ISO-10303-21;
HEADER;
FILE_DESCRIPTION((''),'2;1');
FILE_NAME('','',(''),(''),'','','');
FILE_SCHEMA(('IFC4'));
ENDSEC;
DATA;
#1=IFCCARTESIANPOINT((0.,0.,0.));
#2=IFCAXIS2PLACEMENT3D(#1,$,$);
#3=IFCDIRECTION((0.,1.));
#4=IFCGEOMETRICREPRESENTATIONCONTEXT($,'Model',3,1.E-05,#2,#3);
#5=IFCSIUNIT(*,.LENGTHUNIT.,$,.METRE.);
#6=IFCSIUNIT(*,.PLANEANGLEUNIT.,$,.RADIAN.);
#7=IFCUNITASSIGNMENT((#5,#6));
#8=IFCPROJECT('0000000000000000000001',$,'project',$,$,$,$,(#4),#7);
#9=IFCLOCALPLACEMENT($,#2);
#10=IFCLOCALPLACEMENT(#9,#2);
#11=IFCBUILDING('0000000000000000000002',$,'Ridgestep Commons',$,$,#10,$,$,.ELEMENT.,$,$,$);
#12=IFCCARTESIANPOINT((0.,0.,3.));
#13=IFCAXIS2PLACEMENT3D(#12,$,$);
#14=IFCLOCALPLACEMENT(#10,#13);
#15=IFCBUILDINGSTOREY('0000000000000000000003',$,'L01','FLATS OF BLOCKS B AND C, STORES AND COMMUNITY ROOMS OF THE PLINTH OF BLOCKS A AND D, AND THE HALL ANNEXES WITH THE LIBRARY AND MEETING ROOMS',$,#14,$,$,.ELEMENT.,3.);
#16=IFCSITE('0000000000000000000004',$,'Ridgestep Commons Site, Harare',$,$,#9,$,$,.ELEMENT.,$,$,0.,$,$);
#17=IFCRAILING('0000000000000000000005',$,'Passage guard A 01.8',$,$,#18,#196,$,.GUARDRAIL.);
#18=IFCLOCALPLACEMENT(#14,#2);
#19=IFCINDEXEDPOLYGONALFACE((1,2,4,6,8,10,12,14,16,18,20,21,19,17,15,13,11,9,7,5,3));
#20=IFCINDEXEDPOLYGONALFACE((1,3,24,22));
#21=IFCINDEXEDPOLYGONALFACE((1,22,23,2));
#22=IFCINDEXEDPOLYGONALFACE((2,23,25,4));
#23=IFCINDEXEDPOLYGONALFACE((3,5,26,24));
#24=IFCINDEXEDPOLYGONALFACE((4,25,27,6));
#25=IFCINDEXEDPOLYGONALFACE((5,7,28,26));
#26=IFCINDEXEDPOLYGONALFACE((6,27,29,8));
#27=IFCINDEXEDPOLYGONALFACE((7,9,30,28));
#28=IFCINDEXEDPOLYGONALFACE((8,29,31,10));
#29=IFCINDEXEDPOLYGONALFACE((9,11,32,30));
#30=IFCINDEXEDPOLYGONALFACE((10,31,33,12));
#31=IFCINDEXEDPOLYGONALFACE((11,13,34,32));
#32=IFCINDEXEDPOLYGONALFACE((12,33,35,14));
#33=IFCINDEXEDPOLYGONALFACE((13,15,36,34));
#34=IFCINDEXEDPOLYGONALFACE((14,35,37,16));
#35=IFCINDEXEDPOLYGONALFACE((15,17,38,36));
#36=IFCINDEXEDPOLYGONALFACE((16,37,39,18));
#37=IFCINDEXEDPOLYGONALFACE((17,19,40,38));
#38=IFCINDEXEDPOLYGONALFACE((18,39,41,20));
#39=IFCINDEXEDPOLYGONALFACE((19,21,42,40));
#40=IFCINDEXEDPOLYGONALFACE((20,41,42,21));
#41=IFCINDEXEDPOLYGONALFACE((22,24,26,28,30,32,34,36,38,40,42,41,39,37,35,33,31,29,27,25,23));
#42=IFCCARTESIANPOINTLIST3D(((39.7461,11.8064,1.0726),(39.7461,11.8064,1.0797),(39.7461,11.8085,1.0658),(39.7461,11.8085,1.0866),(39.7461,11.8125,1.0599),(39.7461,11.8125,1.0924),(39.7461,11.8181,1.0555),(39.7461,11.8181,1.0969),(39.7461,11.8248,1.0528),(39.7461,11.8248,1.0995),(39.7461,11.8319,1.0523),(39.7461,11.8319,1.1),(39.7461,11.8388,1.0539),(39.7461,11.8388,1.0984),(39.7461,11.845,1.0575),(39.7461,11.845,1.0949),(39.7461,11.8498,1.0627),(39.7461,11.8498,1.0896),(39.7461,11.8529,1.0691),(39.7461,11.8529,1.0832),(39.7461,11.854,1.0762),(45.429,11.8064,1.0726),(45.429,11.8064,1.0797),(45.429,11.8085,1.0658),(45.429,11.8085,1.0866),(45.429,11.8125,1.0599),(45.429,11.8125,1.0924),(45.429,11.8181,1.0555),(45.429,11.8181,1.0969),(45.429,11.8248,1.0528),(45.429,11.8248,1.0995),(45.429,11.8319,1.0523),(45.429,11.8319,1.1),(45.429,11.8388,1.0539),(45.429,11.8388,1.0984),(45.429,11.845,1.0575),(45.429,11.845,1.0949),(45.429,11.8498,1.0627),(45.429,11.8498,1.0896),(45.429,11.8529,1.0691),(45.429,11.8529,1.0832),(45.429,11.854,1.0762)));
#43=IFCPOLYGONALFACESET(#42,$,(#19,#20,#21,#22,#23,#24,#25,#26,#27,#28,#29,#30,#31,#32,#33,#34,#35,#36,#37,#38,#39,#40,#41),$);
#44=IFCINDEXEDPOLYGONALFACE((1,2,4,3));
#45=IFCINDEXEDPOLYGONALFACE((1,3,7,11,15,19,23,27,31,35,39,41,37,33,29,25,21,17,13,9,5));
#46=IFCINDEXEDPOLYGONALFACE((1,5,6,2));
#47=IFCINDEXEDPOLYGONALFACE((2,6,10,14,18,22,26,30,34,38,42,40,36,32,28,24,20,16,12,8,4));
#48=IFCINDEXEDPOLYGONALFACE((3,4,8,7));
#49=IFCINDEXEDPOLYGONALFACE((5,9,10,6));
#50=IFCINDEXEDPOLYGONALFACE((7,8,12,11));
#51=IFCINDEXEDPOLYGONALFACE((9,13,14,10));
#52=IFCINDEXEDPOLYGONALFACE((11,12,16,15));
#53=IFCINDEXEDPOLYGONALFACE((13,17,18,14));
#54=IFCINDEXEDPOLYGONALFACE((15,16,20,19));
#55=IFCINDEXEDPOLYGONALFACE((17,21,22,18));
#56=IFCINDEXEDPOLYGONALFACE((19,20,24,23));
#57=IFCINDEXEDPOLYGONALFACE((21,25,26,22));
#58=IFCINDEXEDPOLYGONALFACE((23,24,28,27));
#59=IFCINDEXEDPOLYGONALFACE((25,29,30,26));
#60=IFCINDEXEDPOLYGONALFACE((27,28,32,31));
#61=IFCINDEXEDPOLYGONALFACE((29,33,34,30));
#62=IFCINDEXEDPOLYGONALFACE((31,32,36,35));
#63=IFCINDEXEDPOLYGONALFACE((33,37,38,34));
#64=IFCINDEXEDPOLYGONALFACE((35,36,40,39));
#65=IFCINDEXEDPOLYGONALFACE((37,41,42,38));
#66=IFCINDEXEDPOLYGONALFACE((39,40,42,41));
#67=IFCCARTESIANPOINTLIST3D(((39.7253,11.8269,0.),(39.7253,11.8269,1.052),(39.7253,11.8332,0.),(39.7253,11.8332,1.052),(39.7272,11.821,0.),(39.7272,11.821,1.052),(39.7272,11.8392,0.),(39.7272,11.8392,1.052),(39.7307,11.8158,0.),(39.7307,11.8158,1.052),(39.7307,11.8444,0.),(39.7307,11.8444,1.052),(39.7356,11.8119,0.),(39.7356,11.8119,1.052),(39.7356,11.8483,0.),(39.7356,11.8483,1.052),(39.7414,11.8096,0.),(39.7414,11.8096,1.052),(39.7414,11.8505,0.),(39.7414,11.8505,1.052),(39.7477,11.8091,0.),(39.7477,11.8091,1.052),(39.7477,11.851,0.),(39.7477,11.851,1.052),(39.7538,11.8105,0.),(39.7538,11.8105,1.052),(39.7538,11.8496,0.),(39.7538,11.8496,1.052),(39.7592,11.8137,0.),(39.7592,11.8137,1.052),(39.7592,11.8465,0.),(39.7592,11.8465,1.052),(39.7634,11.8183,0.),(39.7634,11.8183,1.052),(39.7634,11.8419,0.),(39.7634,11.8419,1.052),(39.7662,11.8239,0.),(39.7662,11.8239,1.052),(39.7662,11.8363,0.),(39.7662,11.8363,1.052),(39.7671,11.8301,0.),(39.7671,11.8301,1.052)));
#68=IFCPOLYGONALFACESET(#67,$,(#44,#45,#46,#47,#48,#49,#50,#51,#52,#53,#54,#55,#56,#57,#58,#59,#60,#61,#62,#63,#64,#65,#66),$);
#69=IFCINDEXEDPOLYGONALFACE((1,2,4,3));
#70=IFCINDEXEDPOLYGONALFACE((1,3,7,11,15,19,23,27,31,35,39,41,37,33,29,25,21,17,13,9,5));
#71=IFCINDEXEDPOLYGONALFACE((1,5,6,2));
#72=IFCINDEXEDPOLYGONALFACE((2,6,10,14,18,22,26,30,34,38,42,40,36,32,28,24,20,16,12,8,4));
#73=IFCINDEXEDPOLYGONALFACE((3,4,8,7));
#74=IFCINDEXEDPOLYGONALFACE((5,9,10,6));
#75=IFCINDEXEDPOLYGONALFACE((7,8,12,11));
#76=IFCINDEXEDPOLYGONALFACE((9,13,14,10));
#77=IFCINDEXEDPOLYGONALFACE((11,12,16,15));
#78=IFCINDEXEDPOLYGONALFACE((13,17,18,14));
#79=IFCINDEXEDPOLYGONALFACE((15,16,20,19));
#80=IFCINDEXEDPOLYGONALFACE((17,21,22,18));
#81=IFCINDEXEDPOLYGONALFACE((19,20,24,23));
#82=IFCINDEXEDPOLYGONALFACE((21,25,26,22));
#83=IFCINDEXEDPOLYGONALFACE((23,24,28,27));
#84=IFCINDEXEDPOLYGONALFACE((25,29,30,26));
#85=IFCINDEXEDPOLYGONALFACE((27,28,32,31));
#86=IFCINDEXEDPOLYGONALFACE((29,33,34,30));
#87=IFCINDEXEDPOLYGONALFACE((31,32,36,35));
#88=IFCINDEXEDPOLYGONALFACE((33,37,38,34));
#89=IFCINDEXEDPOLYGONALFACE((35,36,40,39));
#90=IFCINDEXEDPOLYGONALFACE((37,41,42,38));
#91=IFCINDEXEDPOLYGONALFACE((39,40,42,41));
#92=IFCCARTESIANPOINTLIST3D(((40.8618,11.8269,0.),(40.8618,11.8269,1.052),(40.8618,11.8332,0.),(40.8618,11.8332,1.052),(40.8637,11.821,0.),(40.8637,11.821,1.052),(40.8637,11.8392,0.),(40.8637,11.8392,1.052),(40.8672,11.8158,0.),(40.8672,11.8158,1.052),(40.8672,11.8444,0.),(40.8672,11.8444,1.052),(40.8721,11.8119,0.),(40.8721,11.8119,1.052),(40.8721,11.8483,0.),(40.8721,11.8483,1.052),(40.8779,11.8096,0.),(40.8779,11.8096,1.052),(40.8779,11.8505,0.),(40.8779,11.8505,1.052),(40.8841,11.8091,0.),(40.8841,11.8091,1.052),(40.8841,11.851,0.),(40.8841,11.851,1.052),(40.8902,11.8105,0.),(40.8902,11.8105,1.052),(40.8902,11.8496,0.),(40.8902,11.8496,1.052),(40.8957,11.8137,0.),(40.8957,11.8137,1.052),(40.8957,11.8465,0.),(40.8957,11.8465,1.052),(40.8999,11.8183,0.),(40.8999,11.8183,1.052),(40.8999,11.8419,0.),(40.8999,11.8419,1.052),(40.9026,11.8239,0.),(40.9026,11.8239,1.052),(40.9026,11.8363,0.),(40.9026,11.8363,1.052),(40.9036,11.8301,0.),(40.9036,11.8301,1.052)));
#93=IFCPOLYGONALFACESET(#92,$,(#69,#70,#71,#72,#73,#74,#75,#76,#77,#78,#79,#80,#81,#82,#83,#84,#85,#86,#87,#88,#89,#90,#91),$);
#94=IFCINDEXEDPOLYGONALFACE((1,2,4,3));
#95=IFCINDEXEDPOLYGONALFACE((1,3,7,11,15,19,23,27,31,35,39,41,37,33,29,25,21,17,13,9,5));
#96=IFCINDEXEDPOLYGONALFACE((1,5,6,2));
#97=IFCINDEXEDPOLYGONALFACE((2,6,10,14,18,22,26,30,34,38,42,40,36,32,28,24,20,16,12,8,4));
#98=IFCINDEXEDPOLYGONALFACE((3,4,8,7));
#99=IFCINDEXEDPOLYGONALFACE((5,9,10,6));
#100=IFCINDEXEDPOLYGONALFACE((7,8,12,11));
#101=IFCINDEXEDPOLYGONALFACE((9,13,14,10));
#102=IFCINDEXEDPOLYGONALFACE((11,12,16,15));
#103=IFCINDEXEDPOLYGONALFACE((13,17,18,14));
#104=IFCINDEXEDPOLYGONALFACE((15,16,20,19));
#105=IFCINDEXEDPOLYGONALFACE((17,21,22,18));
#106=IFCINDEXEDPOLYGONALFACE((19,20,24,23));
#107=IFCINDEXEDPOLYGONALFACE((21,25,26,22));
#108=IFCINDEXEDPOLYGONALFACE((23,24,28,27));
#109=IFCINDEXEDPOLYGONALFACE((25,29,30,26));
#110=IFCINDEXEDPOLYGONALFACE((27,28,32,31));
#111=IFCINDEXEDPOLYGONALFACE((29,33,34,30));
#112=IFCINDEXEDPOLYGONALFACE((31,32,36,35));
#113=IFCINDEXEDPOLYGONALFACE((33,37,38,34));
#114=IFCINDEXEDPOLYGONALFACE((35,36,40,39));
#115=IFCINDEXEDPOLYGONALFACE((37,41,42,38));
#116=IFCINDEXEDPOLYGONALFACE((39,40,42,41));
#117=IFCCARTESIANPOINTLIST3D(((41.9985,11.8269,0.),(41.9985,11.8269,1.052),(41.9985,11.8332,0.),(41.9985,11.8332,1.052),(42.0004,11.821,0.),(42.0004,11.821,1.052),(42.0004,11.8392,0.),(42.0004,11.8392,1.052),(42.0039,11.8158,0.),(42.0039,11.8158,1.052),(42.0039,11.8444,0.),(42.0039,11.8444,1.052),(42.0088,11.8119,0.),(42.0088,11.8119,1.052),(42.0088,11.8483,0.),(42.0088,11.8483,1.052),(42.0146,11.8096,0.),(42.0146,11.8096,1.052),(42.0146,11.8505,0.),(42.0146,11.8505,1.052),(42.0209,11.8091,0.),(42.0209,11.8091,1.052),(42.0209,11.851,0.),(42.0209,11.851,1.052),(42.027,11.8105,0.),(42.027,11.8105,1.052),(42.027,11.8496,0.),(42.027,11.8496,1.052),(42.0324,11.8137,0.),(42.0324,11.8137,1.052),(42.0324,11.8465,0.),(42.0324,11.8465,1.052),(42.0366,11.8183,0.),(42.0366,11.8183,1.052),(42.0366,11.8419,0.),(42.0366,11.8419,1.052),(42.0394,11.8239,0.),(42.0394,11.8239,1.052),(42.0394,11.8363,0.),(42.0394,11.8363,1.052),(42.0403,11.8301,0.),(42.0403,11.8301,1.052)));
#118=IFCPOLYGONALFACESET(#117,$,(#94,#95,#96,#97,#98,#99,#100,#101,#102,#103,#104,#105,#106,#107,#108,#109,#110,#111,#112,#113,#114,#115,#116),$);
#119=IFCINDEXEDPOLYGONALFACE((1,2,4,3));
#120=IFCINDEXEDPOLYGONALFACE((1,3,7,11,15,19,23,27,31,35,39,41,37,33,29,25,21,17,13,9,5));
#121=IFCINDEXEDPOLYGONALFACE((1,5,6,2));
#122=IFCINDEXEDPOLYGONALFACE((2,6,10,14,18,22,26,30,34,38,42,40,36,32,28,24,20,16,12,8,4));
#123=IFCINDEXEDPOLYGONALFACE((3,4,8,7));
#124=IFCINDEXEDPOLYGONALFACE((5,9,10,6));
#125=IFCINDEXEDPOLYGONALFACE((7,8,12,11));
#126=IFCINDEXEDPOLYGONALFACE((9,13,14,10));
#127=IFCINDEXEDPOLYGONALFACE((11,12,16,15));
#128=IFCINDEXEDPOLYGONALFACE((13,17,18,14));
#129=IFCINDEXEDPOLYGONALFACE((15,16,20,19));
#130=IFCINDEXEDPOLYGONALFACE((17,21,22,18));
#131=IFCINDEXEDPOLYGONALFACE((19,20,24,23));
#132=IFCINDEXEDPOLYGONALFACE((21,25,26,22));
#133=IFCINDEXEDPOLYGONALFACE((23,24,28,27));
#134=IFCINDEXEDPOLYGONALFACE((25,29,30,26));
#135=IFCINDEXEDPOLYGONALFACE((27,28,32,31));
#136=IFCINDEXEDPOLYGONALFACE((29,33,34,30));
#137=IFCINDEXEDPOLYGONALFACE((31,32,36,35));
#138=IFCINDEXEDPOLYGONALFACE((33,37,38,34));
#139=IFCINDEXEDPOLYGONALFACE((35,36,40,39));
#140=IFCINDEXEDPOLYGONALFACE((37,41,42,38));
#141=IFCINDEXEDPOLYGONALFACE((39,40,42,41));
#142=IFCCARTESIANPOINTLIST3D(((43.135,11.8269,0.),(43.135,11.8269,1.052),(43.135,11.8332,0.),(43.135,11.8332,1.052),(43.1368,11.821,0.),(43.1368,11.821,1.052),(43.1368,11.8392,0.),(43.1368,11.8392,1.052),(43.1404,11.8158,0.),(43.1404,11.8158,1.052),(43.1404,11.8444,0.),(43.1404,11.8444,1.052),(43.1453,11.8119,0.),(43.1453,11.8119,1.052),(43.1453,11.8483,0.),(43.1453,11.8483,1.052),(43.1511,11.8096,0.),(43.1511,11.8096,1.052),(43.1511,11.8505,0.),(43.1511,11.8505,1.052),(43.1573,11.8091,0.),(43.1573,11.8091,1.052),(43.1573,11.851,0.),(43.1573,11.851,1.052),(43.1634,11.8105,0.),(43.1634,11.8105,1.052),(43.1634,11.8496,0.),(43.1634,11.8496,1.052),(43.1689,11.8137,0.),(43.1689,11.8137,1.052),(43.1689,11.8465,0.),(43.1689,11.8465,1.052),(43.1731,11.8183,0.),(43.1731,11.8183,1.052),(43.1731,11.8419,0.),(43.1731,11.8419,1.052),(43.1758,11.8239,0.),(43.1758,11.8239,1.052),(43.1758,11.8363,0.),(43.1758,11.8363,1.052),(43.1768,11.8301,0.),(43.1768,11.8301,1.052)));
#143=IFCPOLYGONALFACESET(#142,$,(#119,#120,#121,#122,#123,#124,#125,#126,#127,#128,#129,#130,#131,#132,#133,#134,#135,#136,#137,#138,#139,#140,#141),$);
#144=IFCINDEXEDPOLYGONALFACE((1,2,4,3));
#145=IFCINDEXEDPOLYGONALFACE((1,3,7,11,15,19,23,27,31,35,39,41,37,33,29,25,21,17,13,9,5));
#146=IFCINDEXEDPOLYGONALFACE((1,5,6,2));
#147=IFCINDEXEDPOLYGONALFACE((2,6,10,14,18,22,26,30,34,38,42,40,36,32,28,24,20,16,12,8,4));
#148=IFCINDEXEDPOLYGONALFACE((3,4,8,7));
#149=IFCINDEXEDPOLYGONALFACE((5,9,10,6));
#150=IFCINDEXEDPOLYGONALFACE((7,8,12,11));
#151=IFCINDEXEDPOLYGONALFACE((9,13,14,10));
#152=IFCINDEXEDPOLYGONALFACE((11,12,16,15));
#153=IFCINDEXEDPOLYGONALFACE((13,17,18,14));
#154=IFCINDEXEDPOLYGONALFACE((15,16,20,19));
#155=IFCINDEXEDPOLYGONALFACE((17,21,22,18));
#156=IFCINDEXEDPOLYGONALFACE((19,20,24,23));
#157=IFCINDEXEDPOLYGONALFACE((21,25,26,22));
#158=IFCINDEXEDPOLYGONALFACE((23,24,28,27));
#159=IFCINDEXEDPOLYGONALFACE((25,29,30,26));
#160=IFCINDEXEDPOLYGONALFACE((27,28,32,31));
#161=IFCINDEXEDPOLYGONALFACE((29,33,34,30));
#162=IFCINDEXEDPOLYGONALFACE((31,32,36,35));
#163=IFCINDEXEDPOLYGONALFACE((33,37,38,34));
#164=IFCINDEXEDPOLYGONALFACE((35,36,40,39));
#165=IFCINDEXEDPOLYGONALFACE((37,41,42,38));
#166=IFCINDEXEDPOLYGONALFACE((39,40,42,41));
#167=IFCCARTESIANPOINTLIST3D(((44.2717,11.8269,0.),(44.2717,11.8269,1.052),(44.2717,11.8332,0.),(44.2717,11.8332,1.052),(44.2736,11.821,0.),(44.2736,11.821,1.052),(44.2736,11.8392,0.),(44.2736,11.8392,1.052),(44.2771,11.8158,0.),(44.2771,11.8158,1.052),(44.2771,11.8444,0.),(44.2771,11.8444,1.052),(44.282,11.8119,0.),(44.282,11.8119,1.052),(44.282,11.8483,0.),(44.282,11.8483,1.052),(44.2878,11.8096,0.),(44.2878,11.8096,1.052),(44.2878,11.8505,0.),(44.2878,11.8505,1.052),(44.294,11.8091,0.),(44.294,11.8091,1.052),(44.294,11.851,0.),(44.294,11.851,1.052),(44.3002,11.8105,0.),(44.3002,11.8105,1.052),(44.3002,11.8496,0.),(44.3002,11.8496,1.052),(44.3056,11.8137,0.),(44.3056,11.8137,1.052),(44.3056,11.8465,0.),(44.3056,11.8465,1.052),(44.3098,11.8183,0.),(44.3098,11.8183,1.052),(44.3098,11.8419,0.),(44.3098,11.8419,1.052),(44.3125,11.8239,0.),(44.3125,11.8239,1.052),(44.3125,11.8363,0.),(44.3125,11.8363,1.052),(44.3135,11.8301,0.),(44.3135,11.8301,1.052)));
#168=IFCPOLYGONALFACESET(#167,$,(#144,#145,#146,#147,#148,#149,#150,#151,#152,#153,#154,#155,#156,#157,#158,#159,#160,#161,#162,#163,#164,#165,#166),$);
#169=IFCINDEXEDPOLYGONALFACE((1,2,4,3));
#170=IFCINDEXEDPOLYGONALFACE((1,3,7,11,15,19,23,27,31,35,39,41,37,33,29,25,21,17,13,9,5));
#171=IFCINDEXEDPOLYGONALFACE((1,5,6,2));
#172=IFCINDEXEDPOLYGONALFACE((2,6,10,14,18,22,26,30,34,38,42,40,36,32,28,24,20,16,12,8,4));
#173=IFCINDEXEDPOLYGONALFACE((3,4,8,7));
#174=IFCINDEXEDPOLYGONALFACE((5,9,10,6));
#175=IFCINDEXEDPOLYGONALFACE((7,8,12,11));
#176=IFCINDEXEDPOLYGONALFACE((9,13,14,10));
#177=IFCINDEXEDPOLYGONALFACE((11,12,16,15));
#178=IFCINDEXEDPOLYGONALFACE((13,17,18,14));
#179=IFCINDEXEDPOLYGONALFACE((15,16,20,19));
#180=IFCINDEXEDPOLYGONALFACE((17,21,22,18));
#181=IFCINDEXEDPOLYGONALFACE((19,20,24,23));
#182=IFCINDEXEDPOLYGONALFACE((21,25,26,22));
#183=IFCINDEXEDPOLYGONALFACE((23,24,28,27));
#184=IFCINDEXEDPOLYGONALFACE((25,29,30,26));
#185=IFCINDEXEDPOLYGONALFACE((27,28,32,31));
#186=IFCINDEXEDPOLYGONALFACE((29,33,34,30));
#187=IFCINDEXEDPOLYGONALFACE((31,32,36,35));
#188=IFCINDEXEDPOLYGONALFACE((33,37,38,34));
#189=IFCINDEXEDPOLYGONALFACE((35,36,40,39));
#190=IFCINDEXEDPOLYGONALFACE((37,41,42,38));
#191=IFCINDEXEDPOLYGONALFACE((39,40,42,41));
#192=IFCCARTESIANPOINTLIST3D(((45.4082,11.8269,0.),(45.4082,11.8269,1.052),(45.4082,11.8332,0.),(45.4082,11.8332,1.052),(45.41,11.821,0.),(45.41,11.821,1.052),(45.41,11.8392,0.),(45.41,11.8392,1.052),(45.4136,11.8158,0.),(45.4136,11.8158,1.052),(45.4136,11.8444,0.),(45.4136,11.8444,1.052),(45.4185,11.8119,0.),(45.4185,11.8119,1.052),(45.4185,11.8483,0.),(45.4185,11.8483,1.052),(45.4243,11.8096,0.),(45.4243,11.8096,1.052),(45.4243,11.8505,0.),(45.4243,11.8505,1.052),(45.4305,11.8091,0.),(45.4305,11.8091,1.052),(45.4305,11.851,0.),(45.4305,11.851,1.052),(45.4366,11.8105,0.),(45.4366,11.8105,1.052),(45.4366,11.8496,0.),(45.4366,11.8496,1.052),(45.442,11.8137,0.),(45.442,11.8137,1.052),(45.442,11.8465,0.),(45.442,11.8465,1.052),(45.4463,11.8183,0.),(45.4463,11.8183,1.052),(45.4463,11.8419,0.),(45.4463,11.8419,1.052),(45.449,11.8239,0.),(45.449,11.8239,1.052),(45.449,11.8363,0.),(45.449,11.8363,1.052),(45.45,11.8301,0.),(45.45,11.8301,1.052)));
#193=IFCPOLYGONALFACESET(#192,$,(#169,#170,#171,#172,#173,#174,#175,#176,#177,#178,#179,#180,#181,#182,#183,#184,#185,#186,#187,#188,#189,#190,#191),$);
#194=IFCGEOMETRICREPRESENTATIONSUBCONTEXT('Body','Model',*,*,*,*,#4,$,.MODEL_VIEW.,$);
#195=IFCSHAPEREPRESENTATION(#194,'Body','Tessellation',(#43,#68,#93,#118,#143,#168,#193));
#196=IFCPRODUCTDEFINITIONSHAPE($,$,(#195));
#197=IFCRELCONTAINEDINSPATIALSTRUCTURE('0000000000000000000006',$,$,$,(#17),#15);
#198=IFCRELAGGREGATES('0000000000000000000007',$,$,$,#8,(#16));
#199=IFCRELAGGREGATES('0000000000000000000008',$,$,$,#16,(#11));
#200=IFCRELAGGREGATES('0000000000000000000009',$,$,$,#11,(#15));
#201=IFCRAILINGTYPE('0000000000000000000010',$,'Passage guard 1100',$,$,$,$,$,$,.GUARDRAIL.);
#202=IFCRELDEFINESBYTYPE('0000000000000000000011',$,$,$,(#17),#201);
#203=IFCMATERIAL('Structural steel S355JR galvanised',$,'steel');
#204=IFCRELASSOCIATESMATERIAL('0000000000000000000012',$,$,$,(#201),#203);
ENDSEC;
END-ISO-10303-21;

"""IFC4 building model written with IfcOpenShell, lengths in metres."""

from ifc_helpers import new_model, si_unit, direction, frame, origin, origin_2d, place, context, subcontext, project, spatial, circle, extrude, material, type_object, element, save


model = new_model("IFC4")

# Units and contexts
model_context = context("Model", 3, precision=1e-05, world=origin(), true_north=direction((0.0, 1.0)))
body_context = subcontext(model_context, "Body", "Model", "MODEL_VIEW")
ifc_project = project(units=[si_unit("LENGTHUNIT", "METRE"), si_unit("PLANEANGLEUNIT", "RADIAN")], contexts=[model_context])

# Site, building, storey
site_placement = place(None, origin())
site = spatial("IfcSite", under=ifc_project, at=site_placement, Name="Ridgestep Commons Site, Harare", CompositionType="ELEMENT", RefElevation=0.0)
building_placement = place(site_placement, origin())
building = spatial("IfcBuilding", under=site, at=building_placement, Name="Ridgestep Commons", CompositionType="ELEMENT")
storey_placement = place(building_placement, frame((0.0, 0.0, 3.0)))
storey = spatial("IfcBuildingStorey", under=building, at=storey_placement, Name="L01", Description="FLATS OF BLOCKS B AND C, STORES AND COMMUNITY ROOMS OF THE PLINTH OF BLOCKS A AND D, AND THE HALL ANNEXES WITH THE LIBRARY AND MEETING ROOMS", CompositionType="ELEMENT", Elevation=3.0)

# Railing
ifc_material_1 = material(Name="Structural steel S355JR galvanised", Category="steel")
railing_type = type_object("IfcRailingType", Name="Passage guard 1100", PredefinedType="GUARDRAIL", material=ifc_material_1)
railing_1_placement = place(storey_placement, frame((39.7461, 11.8301, 0.0)))
element("IfcRailing", 1, at=railing_1_placement, inside=storey, type_object=railing_type, Name="Passage guard A 01.8", PredefinedType="GUARDRAIL", context=body_context, shape_type="SweptSolid", body=[
    extrude(circle(Radius=0.0239, at=origin_2d()), frame((0.0, 0.0, 1.0762), z_axis=(1.0, 0.0, 0.0), x_axis=(0.0, 1.0, 0.0)), (0.0, 0.0, 1.0), 5.6829),
    extrude(circle(Radius=0.021, at=origin_2d()), origin(), (0.0, 0.0, 1.0), 1.052),
    extrude(circle(Radius=0.021, at=origin_2d()), frame((1.1365, 0.0, 0.0)), (0.0, 0.0, 1.0), 1.052),
    extrude(circle(Radius=0.021, at=origin_2d()), frame((2.2732, 0.0, 0.0)), (0.0, 0.0, 1.0), 1.052),
    extrude(circle(Radius=0.021, at=origin_2d()), frame((3.4097, 0.0, 0.0)), (0.0, 0.0, 1.0), 1.052),
    extrude(circle(Radius=0.021, at=origin_2d()), frame((4.5464, 0.0, 0.0)), (0.0, 0.0, 1.0), 1.052),
    extrude(circle(Radius=0.021, at=origin_2d()), frame((5.6829, 0.0, 0.0)), (0.0, 0.0, 1.0), 1.052),
])

save(model, "model.ifc")
